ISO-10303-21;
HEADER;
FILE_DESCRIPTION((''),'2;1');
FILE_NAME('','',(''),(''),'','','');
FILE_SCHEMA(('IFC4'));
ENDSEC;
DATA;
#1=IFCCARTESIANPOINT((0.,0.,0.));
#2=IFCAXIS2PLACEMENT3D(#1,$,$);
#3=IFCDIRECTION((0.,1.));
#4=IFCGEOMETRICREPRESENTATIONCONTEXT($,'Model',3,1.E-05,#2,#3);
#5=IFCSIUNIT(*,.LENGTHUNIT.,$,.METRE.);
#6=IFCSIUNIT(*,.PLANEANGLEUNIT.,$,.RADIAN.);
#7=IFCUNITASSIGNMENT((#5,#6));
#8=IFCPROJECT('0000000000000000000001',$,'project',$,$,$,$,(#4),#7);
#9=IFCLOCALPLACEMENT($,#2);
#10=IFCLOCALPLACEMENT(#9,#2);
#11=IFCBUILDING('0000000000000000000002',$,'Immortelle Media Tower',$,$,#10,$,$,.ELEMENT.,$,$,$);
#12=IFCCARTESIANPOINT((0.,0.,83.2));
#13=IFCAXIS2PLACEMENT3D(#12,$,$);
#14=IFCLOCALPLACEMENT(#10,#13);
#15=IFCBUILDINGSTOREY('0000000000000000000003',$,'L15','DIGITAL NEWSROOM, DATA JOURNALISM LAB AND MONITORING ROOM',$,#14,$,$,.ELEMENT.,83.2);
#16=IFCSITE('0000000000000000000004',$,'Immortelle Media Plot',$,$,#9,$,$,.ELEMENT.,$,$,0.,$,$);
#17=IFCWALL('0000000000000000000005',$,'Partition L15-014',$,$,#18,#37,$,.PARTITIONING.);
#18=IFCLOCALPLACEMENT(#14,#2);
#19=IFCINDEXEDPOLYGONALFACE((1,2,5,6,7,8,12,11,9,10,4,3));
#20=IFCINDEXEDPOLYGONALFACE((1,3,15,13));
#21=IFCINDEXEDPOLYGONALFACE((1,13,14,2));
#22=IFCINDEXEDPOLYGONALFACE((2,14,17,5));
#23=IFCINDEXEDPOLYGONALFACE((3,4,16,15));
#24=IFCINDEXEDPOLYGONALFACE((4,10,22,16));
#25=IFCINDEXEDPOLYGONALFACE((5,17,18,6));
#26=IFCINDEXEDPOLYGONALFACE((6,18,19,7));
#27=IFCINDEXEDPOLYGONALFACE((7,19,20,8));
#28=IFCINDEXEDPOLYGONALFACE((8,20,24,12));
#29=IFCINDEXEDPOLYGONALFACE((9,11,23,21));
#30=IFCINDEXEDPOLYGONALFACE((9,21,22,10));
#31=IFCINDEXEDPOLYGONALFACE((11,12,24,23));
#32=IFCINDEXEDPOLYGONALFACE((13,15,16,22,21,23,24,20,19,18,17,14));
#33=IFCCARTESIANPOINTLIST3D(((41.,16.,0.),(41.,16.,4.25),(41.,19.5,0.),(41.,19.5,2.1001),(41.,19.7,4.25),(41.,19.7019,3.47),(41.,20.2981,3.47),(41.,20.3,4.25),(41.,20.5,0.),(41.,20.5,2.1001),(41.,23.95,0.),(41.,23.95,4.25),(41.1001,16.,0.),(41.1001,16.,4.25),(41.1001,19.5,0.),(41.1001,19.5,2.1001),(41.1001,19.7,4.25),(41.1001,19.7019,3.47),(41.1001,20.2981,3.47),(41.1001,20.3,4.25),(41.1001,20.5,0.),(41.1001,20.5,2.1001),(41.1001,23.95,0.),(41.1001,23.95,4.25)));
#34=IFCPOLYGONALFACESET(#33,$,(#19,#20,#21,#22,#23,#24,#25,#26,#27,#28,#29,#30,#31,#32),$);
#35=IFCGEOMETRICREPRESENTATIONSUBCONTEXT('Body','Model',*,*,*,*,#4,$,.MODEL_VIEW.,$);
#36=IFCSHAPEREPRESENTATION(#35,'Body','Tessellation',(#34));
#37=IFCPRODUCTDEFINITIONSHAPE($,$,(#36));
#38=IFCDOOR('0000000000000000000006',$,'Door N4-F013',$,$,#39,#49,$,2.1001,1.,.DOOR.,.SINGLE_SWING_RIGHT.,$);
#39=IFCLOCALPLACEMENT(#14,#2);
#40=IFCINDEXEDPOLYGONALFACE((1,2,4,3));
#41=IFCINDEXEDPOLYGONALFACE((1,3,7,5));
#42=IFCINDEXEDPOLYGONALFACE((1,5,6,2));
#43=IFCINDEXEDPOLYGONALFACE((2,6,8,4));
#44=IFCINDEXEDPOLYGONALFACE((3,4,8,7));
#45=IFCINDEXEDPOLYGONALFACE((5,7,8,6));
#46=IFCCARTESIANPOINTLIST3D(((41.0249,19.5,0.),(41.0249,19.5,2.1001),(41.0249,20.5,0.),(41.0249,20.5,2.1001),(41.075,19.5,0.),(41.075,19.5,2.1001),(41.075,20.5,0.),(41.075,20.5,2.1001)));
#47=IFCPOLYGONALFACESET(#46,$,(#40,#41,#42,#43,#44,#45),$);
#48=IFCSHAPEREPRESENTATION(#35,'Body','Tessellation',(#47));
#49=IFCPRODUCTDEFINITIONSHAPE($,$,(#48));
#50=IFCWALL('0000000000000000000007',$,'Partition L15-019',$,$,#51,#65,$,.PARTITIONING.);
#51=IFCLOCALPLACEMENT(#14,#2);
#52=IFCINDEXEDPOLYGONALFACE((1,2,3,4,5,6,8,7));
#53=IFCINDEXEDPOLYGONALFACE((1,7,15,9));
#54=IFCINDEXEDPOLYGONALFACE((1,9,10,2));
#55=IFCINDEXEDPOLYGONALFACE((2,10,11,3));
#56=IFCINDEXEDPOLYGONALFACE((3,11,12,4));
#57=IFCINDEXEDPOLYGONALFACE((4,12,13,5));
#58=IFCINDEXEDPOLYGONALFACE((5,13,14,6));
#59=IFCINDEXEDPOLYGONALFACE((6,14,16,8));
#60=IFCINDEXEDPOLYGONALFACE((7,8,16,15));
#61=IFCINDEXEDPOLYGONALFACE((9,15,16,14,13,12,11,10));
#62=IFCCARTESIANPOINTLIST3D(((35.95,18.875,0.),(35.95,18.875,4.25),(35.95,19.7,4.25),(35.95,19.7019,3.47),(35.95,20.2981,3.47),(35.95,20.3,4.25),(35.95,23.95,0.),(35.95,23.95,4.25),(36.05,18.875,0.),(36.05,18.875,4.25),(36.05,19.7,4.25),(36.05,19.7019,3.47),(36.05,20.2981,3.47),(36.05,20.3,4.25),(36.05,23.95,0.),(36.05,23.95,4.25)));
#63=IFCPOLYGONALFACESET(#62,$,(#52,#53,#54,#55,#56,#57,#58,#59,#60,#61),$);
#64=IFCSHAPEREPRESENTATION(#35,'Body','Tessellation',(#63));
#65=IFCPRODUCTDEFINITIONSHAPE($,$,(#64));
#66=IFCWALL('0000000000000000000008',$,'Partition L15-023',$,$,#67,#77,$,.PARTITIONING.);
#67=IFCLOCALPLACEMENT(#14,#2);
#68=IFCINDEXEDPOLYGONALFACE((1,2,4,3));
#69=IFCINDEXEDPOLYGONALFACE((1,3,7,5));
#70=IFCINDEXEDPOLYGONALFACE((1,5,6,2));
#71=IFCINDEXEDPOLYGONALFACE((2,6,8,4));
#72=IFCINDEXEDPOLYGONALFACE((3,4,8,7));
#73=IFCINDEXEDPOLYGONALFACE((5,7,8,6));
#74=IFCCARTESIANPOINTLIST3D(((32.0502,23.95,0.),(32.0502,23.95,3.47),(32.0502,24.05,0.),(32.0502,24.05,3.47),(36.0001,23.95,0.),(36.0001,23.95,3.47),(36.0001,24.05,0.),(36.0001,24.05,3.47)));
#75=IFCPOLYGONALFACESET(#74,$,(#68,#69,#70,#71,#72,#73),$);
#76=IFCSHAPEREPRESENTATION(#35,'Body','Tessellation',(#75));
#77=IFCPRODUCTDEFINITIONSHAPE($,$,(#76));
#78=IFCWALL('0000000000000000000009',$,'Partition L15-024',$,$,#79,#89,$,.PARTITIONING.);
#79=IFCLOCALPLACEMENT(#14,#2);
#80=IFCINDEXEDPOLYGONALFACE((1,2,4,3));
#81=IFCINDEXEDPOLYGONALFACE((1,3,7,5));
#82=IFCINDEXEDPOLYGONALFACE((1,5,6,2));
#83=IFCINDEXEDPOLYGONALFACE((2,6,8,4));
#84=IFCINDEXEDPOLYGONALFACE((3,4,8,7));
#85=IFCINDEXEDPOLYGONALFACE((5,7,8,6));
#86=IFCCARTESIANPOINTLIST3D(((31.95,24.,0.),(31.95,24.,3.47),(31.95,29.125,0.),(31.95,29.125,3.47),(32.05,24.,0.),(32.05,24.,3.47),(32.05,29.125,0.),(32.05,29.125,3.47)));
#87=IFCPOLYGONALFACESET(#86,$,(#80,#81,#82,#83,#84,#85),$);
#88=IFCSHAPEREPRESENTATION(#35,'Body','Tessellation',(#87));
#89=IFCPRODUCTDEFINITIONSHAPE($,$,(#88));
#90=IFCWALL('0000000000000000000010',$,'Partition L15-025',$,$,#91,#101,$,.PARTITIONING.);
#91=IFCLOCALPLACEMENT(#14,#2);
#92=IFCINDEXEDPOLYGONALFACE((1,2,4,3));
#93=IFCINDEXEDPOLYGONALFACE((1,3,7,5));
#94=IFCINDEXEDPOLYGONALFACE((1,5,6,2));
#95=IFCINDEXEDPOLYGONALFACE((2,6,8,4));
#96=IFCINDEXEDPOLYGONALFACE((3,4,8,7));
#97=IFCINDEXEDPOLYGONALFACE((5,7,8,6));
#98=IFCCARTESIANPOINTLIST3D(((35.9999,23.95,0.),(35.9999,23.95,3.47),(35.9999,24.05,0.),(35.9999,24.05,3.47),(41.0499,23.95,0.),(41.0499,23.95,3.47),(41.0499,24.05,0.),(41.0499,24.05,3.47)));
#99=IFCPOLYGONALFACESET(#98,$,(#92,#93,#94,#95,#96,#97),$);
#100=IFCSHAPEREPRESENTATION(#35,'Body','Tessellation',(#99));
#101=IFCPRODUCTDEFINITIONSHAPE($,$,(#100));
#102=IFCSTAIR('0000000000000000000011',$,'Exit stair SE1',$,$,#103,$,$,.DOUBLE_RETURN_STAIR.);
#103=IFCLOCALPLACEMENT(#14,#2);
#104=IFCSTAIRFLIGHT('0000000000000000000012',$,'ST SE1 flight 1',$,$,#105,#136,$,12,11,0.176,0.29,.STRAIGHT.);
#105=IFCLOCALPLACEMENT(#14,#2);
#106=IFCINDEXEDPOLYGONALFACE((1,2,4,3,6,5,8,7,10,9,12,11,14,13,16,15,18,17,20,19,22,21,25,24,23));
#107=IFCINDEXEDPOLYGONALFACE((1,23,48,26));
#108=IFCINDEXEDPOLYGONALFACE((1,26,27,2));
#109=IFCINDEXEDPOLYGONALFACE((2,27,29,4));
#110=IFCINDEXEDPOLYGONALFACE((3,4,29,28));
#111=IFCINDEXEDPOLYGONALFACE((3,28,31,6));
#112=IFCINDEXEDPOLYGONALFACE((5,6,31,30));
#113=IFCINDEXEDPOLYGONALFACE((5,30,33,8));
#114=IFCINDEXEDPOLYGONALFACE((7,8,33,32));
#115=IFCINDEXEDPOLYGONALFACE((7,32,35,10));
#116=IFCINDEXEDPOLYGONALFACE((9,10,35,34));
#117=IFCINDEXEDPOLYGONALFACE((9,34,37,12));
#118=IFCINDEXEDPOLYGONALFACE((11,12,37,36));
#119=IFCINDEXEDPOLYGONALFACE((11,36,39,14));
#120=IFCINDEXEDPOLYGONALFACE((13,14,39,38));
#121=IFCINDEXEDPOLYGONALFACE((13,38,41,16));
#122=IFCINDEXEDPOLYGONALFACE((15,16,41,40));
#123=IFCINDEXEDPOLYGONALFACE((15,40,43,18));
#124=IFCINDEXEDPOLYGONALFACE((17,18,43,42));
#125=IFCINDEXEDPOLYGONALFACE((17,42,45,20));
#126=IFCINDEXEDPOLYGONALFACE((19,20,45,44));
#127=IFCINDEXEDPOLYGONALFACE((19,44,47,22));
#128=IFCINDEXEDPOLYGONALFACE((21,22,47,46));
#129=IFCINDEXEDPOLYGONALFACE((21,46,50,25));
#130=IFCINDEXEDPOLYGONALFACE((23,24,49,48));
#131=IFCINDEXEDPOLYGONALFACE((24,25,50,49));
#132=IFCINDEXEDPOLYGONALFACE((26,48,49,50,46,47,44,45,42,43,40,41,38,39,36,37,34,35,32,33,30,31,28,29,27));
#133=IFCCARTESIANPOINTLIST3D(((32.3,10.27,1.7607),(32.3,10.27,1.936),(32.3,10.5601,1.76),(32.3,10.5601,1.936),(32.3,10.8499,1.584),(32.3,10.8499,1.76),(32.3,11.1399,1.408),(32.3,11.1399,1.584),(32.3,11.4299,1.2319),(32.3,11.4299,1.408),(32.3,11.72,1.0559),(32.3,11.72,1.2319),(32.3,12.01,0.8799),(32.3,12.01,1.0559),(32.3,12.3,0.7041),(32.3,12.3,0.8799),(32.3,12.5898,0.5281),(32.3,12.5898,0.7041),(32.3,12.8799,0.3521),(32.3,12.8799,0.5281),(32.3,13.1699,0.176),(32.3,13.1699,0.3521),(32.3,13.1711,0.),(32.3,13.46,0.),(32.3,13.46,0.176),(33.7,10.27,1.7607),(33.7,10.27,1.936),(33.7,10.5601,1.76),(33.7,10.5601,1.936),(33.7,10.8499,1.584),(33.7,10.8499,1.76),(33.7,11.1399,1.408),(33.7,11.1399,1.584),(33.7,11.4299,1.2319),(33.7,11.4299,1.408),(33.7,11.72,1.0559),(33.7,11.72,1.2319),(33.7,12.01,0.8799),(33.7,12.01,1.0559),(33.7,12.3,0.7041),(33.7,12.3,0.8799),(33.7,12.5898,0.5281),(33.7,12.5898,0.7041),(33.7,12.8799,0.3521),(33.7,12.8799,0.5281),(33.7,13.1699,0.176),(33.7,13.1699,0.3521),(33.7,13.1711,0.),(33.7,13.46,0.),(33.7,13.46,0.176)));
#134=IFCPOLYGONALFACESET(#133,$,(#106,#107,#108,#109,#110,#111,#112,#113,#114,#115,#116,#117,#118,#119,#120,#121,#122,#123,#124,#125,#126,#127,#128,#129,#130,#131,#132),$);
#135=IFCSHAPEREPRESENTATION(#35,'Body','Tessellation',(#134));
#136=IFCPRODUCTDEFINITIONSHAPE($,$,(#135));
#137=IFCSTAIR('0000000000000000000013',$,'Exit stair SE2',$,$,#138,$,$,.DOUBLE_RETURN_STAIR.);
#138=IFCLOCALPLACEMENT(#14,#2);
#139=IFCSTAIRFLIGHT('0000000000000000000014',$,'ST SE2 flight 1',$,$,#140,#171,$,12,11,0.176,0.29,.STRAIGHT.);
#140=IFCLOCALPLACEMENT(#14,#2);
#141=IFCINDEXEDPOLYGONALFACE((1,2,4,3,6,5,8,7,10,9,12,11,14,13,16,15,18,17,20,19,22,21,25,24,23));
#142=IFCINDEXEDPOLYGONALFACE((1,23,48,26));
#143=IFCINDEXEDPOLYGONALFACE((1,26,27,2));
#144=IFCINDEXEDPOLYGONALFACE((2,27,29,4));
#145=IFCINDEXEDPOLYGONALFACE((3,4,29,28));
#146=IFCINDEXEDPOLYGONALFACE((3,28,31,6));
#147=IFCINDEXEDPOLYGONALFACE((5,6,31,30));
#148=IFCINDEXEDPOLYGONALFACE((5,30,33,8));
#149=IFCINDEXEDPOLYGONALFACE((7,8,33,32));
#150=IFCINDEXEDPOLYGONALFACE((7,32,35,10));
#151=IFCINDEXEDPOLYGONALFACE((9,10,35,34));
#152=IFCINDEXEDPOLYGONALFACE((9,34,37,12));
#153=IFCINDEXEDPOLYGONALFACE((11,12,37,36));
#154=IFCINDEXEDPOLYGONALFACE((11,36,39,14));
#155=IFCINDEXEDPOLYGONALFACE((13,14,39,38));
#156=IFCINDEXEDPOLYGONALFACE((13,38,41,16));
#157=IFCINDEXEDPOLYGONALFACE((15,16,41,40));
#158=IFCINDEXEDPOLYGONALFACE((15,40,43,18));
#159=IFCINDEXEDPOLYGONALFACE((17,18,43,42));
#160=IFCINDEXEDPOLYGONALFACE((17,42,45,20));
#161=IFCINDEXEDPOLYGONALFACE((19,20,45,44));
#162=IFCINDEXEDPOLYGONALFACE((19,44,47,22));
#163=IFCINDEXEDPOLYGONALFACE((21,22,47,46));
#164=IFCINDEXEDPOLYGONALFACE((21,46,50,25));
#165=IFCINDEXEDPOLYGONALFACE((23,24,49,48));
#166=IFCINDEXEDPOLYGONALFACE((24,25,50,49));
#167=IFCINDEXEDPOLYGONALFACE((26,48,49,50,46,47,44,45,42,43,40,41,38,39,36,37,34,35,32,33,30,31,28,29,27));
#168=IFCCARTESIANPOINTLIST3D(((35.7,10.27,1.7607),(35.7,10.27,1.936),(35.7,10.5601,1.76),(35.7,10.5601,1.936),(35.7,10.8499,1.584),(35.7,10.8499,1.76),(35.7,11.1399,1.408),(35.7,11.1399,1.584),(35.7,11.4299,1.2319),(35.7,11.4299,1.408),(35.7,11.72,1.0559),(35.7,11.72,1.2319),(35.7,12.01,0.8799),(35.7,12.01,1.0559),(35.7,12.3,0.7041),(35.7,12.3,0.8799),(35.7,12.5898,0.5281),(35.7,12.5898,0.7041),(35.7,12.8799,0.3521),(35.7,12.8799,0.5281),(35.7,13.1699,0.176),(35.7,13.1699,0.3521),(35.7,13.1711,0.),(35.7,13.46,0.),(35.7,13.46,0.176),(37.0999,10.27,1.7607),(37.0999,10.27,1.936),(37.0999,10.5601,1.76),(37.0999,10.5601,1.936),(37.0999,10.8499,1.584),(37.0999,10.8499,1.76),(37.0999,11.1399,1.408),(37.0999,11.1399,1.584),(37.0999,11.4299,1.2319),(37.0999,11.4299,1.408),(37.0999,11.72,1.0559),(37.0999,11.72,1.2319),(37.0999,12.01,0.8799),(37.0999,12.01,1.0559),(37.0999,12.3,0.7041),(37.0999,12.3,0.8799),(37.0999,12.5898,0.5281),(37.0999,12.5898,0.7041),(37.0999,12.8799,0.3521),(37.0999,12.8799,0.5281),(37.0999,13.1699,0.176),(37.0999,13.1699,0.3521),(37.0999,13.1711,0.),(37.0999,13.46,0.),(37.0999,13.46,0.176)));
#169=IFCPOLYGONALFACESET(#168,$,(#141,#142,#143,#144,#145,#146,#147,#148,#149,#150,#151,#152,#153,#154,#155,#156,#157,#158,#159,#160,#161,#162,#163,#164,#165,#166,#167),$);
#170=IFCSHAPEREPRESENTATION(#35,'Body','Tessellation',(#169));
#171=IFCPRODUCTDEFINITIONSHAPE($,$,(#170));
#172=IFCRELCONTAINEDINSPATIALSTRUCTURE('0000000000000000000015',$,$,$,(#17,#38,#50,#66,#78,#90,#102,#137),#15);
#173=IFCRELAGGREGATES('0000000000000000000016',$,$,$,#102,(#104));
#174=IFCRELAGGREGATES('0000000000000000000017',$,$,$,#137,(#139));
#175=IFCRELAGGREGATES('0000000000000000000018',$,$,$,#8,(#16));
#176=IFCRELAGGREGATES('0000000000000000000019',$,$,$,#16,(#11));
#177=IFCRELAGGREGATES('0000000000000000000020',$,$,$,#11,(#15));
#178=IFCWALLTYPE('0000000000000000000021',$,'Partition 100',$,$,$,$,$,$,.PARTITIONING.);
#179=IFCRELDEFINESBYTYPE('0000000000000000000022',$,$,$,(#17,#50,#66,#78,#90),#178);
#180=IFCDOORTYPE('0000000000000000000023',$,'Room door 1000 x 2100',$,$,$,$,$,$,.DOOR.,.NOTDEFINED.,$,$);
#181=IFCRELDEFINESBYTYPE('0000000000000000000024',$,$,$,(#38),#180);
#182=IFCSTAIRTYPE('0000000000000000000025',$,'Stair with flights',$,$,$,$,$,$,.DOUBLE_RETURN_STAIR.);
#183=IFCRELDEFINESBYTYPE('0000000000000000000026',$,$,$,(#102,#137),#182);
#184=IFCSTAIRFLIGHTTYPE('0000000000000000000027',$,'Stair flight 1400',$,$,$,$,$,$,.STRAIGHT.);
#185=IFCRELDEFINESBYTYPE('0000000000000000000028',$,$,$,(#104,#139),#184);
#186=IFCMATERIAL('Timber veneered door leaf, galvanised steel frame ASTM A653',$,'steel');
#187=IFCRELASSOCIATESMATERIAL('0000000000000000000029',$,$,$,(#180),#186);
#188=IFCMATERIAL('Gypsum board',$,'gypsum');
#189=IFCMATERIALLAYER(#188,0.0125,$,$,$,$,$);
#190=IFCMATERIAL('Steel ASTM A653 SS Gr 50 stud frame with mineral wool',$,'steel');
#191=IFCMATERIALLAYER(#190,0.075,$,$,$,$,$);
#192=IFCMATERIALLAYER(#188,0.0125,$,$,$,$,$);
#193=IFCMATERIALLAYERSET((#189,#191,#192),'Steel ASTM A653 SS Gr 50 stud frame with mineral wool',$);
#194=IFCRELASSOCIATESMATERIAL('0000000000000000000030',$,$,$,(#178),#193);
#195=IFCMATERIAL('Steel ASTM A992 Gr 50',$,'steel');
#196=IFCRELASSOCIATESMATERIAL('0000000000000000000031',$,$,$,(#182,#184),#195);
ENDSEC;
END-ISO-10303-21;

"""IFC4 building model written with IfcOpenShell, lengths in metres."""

from ifc_helpers import new_model, si_unit, direction, frame, frame_2d, origin, place, context, subcontext, project, spatial, polyline, rectangle, outline, extrude, material, layer, layer_set, type_object, element, fill, aggregate, save


model = new_model("IFC4")

# Units and contexts
model_context = context("Model", 3, precision=1e-05, world=origin(), true_north=direction((0.0, 1.0)))
body_context = subcontext(model_context, "Body", "Model", "MODEL_VIEW")
ifc_project = project(units=[si_unit("LENGTHUNIT", "METRE"), si_unit("PLANEANGLEUNIT", "RADIAN")], contexts=[model_context])

# Site, building, storey
site_placement = place(None, origin())
site = spatial("IfcSite", under=ifc_project, at=site_placement, Name="Immortelle Media Plot", CompositionType="ELEMENT", RefElevation=0.0)
building_placement = place(site_placement, origin())
building = spatial("IfcBuilding", under=site, at=building_placement, Name="Immortelle Media Tower", CompositionType="ELEMENT")
storey_placement = place(building_placement, frame((0.0, 0.0, 83.2)))
storey = spatial("IfcBuildingStorey", under=building, at=storey_placement, Name="L15", Description="DIGITAL NEWSROOM, DATA JOURNALISM LAB AND MONITORING ROOM", CompositionType="ELEMENT", Elevation=83.2)

# Shared definitions
ifc_material_1 = material(Name="Steel ASTM A992 Gr 50", Category="steel")

# Shared definitions
ifc_material_2 = material(Name="Steel ASTM A653 SS Gr 50 stud frame with mineral wool", Category="steel")
ifc_material_3 = material(Name="Timber veneered door leaf, galvanised steel frame ASTM A653", Category="steel")
door_type = type_object("IfcDoorType", Name="Room door 1000 x 2100", OperationType="NOTDEFINED", PredefinedType="DOOR", material=ifc_material_3)

# Shared definitions
ifc_material_4 = material(Name="Gypsum board", Category="gypsum")
ifc_layer_1 = layer(ifc_material_4, 0.0125)
ifc_layer_2 = layer(ifc_material_2, 0.075)
ifc_layer_3 = layer(ifc_material_4, 0.0125)
ifc_layer_set_1 = layer_set([ifc_layer_1, ifc_layer_2, ifc_layer_3], Name="Steel ASTM A653 SS Gr 50 stud frame with mineral wool")
wall_type_1 = type_object("IfcWallType", Name="Partition 100", PredefinedType="PARTITIONING", material=ifc_layer_set_1)

# Wall, opening, door
wall_1_placement = place(storey_placement, frame((41.05, 16.0, 0.0), z_axis=(0.0, 0.0, 1.0), x_axis=(0.0, 1.0, 0.0)))
wall_1 = element("IfcWall", 1, at=wall_1_placement, inside=storey, type_object=wall_type_1, Name="Partition L15-014", PredefinedType="PARTITIONING", context=body_context, shape_type="SweptSolid", body=[
    extrude(outline(polyline([(0.0, 0.0), (7.95, 0.0), (7.95, 4.25), (4.3, 4.25), (4.2981, 3.47), (3.7019, 3.47), (3.7, 4.25), (0.0, 4.25), (0.0, 0.0)])), frame((0.0, 0.05, 0.0), z_axis=(0.0, -1.0, 0.0), x_axis=(1.0, 0.0, 0.0)), (0.0, 0.0, 1.0), 0.1001),
])
opening_1_placement = place(wall_1_placement, frame((4.5, 0.0, 0.0), z_axis=(0.0, 0.0, 1.0), x_axis=(-1.0, 0.0, 0.0)))
opening_1 = element("IfcOpeningElement", 2, at=opening_1_placement, cuts=wall_1, PredefinedType="OPENING", context=body_context, shape_type="SweptSolid", body=[
    extrude(rectangle(XDim=1.0, YDim=2.1001, at=frame_2d((0.5, 1.05))), frame((0.0, 0.0601, 0.0), z_axis=(0.0, -1.0, 0.0), x_axis=(1.0, 0.0, 0.0)), (0.0, 0.0, 1.0), 0.1201),
])
door_1_placement = place(opening_1_placement, origin())
door_1 = element("IfcDoor", 3, at=door_1_placement, inside=storey, type_object=door_type, Name="Door N4-F013", OperationType="SINGLE_SWING_RIGHT", OverallHeight=2.1001, OverallWidth=1.0, PredefinedType="DOOR", context=body_context, shape_type="SweptSolid", body=[
    extrude(rectangle(XDim=1.0, YDim=2.1001, at=frame_2d((0.5, 1.05))), frame((0.0, 0.0249, 0.0), z_axis=(0.0, -1.0, 0.0), x_axis=(1.0, 0.0, 0.0)), (0.0, 0.0, 1.0), 0.05),
])
fill(opening_1, door_1)

# Walls
wall_2_placement = place(storey_placement, frame((36.0, 18.875, 0.0), z_axis=(0.0, 0.0, 1.0), x_axis=(0.0, 1.0, 0.0)))
element("IfcWall", 4, at=wall_2_placement, inside=storey, type_object=wall_type_1, Name="Partition L15-019", PredefinedType="PARTITIONING", context=body_context, shape_type="SweptSolid", body=[
    extrude(outline(polyline([(0.0, 0.0), (5.075, 0.0), (5.075, 4.25), (1.425, 4.25), (1.4231, 3.47), (0.8269, 3.47), (0.825, 4.25), (0.0, 4.25), (0.0, 0.0)])), frame((0.0, 0.05, 0.0), z_axis=(0.0, -1.0, 0.0), x_axis=(1.0, 0.0, 0.0)), (0.0, 0.0, 1.0), 0.1001),
])
wall_3_placement = place(storey_placement, frame((32.05, 24.0, 0.0), z_axis=(0.0, 0.0, 1.0), x_axis=(1.0, 0.0, 0.0)))
element("IfcWall", 5, at=wall_3_placement, inside=storey, type_object=wall_type_1, Name="Partition L15-023", PredefinedType="PARTITIONING", context=body_context, shape_type="SweptSolid", body=[
    extrude(rectangle(XDim=3.95, YDim=0.1001, at=frame_2d((1.9751, 0.0))), origin(), (0.0, 0.0, 1.0), 3.47),
])
wall_4_placement = place(storey_placement, frame((32.0, 24.0, 0.0), z_axis=(0.0, 0.0, 1.0), x_axis=(0.0, 1.0, 0.0)))
element("IfcWall", 6, at=wall_4_placement, inside=storey, type_object=wall_type_1, Name="Partition L15-024", PredefinedType="PARTITIONING", context=body_context, shape_type="SweptSolid", body=[
    extrude(rectangle(XDim=5.125, YDim=0.1001, at=frame_2d((2.5625, 0.0))), origin(), (0.0, 0.0, 1.0), 3.47),
])
wall_5_placement = place(storey_placement, frame((36.0, 24.0, 0.0), z_axis=(0.0, 0.0, 1.0), x_axis=(1.0, 0.0, 0.0)))
element("IfcWall", 7, at=wall_5_placement, inside=storey, type_object=wall_type_1, Name="Partition L15-025", PredefinedType="PARTITIONING", context=body_context, shape_type="SweptSolid", body=[
    extrude(rectangle(XDim=5.05, YDim=0.1001, at=frame_2d((2.5249, 0.0))), origin(), (0.0, 0.0, 1.0), 3.47),
])

# Stairs, stair flights
stair_type = type_object("IfcStairType", Name="Stair with flights", PredefinedType="DOUBLE_RETURN_STAIR", material=ifc_material_1)
stair_1_placement = place(storey_placement, origin())
stair_1 = element("IfcStair", 8, at=stair_1_placement, inside=storey, type_object=stair_type, Name="Exit stair SE1", PredefinedType="DOUBLE_RETURN_STAIR")
stair_flight_type = type_object("IfcStairFlightType", Name="Stair flight 1400", PredefinedType="STRAIGHT", material=ifc_material_1)
stair_flight_1_placement = place(storey_placement, frame((33.0, 13.46, 0.0), z_axis=(0.0, 0.0, 1.0), x_axis=(0.0, -1.0, 0.0)))
stair_flight_1 = element("IfcStairFlight", 9, at=stair_flight_1_placement, type_object=stair_flight_type, Name="ST SE1 flight 1", NumberOfRisers=12, NumberOfTreads=11, PredefinedType="STRAIGHT", RiserHeight=0.176, TreadLength=0.29, context=body_context, shape_type="SweptSolid", body=[
    extrude(outline(polyline([(0.0, 0.0), (0.0, 0.176), (0.29, 0.176), (0.29, 0.3521), (0.5801, 0.3521), (0.5801, 0.5281), (0.8701, 0.5281), (0.8701, 0.7041), (1.1599, 0.7041), (1.1599, 0.8799), (1.45, 0.8799), (1.45, 1.0559), (1.74, 1.0559), (1.74, 1.2319), (2.03, 1.2319), (2.03, 1.408), (2.3201, 1.408), (2.3201, 1.584), (2.6101, 1.584), (2.6101, 1.76), (2.8999, 1.76), (2.8999, 1.936), (3.1899, 1.936), (3.1899, 2.1121), (3.1899, 1.7607), (0.2888, 0.0), (0.0, 0.0)])), frame((0.0, 0.7, 0.0), z_axis=(0.0, -1.0, 0.0), x_axis=(1.0, 0.0, 0.0)), (0.0, 0.0, 1.0), 1.3999),
])
aggregate(stair_1, [stair_flight_1])
stair_2_placement = place(storey_placement, origin())
stair_2 = element("IfcStair", 10, at=stair_2_placement, inside=storey, type_object=stair_type, Name="Exit stair SE2", PredefinedType="DOUBLE_RETURN_STAIR")
stair_flight_2_placement = place(storey_placement, frame((36.3999, 13.46, 0.0), z_axis=(0.0, 0.0, 1.0), x_axis=(0.0, -1.0, 0.0)))
stair_flight_2 = element("IfcStairFlight", 11, at=stair_flight_2_placement, type_object=stair_flight_type, Name="ST SE2 flight 1", NumberOfRisers=12, NumberOfTreads=11, PredefinedType="STRAIGHT", RiserHeight=0.176, TreadLength=0.29, context=body_context, shape_type="SweptSolid", body=[
    extrude(outline(polyline([(0.0, 0.0), (0.0, 0.176), (0.29, 0.176), (0.29, 0.3521), (0.5801, 0.3521), (0.5801, 0.5281), (0.8701, 0.5281), (0.8701, 0.7041), (1.1599, 0.7041), (1.1599, 0.8799), (1.45, 0.8799), (1.45, 1.0559), (1.74, 1.0559), (1.74, 1.2319), (2.03, 1.2319), (2.03, 1.408), (2.3201, 1.408), (2.3201, 1.584), (2.6101, 1.584), (2.6101, 1.76), (2.8999, 1.76), (2.8999, 1.936), (3.1899, 1.936), (3.1899, 2.1121), (3.1899, 1.7607), (0.2888, 0.0), (0.0, 0.0)])), frame((0.0, 0.7, 0.0), z_axis=(0.0, -1.0, 0.0), x_axis=(1.0, 0.0, 0.0)), (0.0, 0.0, 1.0), 1.3999),
])
aggregate(stair_2, [stair_flight_2])

save(model, "model.ifc")
